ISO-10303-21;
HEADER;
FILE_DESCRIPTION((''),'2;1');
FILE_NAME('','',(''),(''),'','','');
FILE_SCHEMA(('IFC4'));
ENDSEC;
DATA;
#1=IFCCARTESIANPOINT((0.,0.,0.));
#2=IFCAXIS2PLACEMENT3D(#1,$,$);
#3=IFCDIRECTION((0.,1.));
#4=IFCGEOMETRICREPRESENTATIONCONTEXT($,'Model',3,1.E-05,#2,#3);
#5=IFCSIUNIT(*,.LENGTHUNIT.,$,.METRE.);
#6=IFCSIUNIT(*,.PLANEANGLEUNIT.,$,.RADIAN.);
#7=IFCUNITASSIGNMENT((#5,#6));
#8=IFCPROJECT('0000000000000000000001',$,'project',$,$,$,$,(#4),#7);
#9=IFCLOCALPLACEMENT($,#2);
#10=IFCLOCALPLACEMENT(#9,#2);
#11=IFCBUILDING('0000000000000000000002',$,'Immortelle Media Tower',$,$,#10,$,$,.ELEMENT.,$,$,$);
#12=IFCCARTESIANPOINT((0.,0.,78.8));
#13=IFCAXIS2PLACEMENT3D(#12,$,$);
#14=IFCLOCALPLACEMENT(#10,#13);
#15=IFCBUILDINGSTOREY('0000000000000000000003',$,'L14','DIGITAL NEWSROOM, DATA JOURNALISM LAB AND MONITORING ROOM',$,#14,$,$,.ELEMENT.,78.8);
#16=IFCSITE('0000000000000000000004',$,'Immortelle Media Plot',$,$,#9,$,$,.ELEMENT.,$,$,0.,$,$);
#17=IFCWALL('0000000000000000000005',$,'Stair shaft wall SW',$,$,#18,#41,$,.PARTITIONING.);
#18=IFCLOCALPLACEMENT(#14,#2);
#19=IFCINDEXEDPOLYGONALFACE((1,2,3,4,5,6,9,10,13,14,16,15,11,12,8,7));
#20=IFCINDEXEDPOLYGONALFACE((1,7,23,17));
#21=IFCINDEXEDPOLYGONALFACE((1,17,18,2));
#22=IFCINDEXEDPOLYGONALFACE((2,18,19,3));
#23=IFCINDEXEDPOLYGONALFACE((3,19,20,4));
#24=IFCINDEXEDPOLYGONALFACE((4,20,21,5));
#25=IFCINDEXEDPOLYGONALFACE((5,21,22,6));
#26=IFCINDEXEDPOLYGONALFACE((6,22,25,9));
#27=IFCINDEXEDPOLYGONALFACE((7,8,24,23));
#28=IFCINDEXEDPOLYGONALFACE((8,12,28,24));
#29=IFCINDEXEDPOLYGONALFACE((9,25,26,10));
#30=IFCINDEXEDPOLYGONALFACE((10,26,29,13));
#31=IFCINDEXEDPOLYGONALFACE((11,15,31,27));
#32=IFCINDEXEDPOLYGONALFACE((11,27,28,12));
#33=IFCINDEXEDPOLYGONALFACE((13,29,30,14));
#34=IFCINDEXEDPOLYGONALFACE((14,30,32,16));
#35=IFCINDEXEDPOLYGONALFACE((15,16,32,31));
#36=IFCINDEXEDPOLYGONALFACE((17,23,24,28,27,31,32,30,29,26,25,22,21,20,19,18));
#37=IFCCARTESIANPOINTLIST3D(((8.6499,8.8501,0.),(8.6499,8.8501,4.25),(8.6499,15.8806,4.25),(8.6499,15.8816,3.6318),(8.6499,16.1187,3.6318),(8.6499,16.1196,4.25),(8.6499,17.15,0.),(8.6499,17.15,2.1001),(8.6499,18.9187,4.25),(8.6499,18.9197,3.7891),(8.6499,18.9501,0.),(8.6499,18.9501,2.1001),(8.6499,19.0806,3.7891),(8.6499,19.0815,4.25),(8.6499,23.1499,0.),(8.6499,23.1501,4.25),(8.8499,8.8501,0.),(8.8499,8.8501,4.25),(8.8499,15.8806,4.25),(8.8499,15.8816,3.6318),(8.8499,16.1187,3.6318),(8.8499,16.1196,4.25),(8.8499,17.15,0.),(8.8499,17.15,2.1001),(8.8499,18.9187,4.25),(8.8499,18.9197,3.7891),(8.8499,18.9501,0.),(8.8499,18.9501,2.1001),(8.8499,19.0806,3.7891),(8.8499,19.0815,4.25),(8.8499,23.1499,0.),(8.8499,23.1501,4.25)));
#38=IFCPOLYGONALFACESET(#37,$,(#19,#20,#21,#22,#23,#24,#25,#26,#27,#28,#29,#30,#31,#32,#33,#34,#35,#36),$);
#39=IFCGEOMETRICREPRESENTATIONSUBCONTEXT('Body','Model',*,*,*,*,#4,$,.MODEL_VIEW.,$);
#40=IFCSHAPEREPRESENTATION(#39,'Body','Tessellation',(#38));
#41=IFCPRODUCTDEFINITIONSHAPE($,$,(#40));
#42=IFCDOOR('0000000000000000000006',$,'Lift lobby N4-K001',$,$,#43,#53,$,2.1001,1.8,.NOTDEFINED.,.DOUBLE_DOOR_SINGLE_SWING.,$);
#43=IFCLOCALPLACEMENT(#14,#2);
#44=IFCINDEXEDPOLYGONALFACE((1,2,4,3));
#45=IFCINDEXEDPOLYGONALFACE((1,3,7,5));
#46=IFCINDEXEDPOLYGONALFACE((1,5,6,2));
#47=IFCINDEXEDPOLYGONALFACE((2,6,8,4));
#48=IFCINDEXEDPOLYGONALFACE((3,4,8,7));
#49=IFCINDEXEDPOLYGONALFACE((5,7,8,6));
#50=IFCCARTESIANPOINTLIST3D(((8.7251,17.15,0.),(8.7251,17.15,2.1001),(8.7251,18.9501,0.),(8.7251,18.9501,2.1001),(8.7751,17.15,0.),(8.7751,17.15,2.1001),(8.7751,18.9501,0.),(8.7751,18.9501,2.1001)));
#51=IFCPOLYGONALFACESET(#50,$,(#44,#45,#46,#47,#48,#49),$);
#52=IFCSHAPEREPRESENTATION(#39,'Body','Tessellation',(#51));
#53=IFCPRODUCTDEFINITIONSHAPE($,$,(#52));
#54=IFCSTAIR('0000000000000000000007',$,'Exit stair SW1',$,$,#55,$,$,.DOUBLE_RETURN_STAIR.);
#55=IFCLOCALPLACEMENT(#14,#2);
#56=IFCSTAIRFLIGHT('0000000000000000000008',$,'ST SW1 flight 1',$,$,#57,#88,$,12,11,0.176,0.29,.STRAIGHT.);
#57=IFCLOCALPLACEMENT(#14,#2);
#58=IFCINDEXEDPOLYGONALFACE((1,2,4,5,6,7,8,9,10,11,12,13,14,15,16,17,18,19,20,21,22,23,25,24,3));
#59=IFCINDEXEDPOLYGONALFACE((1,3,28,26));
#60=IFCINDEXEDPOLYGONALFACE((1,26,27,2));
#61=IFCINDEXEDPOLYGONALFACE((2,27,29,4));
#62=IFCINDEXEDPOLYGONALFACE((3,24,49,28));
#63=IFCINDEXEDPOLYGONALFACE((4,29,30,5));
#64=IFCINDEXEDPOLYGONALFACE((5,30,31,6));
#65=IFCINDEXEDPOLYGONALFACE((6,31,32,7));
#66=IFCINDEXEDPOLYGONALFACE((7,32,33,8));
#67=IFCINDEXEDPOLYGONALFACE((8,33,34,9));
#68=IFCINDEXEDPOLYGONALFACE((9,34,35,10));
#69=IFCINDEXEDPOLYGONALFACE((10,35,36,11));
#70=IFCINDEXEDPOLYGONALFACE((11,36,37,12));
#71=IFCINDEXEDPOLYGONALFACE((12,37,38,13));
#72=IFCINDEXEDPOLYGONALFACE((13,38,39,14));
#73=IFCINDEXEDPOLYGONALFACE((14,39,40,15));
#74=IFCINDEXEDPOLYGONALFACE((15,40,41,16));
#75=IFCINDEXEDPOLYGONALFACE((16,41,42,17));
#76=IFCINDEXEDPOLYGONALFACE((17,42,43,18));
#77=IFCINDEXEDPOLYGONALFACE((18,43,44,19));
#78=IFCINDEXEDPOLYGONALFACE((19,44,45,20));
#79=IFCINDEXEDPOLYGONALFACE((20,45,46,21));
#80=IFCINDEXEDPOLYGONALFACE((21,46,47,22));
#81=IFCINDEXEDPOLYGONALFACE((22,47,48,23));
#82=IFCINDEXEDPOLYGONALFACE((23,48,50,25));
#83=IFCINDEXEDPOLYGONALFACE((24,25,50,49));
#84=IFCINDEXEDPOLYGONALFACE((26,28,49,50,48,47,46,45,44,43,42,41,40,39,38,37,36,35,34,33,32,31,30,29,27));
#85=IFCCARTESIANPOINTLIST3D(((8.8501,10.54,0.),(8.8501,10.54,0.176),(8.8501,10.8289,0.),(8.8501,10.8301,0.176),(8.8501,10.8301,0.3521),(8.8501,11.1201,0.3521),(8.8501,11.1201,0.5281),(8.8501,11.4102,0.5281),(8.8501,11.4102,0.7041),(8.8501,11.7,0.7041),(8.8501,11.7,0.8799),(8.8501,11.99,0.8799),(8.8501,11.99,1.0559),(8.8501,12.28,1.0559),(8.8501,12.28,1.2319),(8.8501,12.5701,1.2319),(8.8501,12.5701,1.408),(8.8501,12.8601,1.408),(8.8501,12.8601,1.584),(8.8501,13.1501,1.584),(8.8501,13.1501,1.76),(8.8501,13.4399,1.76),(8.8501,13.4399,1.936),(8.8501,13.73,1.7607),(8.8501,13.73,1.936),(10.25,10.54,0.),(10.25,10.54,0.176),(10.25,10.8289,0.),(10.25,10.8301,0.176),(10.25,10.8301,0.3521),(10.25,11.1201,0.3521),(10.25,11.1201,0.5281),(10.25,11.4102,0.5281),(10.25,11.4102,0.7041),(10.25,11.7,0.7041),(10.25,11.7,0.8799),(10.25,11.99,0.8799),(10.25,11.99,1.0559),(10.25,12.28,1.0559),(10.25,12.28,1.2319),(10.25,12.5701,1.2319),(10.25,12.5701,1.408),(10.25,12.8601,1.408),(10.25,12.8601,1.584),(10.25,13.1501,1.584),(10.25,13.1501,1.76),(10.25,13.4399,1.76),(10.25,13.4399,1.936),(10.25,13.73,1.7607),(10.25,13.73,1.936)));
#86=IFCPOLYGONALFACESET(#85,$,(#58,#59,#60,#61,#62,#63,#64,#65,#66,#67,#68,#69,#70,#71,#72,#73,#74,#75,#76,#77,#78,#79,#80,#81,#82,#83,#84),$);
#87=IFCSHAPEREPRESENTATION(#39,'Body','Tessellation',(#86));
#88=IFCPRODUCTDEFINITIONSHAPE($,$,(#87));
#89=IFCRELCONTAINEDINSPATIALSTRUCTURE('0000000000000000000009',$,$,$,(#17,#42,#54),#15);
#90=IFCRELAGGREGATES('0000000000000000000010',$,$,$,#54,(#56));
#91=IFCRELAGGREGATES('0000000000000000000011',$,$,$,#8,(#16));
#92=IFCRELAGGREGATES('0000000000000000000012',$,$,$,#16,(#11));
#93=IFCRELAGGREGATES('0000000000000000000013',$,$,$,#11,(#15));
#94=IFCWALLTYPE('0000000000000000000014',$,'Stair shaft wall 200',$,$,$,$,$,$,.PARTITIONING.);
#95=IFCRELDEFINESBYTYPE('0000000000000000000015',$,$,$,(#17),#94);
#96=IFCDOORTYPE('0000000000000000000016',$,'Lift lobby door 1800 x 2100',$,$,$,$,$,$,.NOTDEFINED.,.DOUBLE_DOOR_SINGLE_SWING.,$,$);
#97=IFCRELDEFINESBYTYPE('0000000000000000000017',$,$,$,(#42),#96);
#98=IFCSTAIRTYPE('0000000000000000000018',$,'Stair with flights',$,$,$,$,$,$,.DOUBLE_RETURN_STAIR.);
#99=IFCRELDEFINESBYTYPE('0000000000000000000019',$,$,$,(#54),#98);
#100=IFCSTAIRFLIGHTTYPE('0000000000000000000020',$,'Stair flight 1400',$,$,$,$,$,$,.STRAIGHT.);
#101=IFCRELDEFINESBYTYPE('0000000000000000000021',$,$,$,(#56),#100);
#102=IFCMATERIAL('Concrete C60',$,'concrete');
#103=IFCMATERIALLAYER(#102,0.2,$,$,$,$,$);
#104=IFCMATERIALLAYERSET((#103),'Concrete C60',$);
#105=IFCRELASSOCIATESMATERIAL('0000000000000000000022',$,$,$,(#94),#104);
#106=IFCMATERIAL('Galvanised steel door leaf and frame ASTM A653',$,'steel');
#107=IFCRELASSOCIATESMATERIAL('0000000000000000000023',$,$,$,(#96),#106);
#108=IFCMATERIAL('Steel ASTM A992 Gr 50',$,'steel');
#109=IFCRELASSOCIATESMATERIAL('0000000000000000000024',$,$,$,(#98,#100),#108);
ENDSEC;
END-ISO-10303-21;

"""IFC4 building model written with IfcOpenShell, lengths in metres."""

from ifc_helpers import new_model, si_unit, direction, frame, frame_2d, origin, place, context, subcontext, project, spatial, polyline, rectangle, outline, extrude, material, layer, layer_set, type_object, element, fill, aggregate, save


model = new_model("IFC4")

# Units and contexts
model_context = context("Model", 3, precision=1e-05, world=origin(), true_north=direction((0.0, 1.0)))
body_context = subcontext(model_context, "Body", "Model", "MODEL_VIEW")
ifc_project = project(units=[si_unit("LENGTHUNIT", "METRE"), si_unit("PLANEANGLEUNIT", "RADIAN")], contexts=[model_context])

# Site, building, storey
site_placement = place(None, origin())
site = spatial("IfcSite", under=ifc_project, at=site_placement, Name="Immortelle Media Plot", CompositionType="ELEMENT", RefElevation=0.0)
building_placement = place(site_placement, origin())
building = spatial("IfcBuilding", under=site, at=building_placement, Name="Immortelle Media Tower", CompositionType="ELEMENT")
storey_placement = place(building_placement, frame((0.0, 0.0, 78.8)))
storey = spatial("IfcBuildingStorey", under=building, at=storey_placement, Name="L14", Description="DIGITAL NEWSROOM, DATA JOURNALISM LAB AND MONITORING ROOM", CompositionType="ELEMENT", Elevation=78.8)

# Shared definitions
ifc_material_1 = material(Name="Steel ASTM A992 Gr 50", Category="steel")

# Shared definitions
ifc_material_2 = material(Name="Concrete C60", Category="concrete")
ifc_layer_1 = layer(ifc_material_2, 0.2)
ifc_layer_set_1 = layer_set([ifc_layer_1], Name="Concrete C60")
wall_type_1 = type_object("IfcWallType", Name="Stair shaft wall 200", PredefinedType="PARTITIONING", material=ifc_layer_set_1)
ifc_material_3 = material(Name="Galvanised steel door leaf and frame ASTM A653", Category="steel")

# Wall, opening, door
wall_1_placement = place(storey_placement, frame((8.75, 8.8501, 0.0), z_axis=(0.0, 0.0, 1.0), x_axis=(0.0, 1.0, 0.0)))
wall_1 = element("IfcWall", 1, at=wall_1_placement, inside=storey, type_object=wall_type_1, Name="Stair shaft wall SW", PredefinedType="PARTITIONING", context=body_context, shape_type="SweptSolid", body=[
    extrude(outline(polyline([(0.0, 0.0), (14.2998, 0.0), (14.3, 4.25), (10.2314, 4.25), (10.2305, 3.7891), (10.0696, 3.7891), (10.0686, 4.25), (7.2695, 4.25), (7.2686, 3.6318), (7.0315, 3.6318), (7.0305, 4.25), (0.0, 4.25), (0.0, 0.0)])), frame((0.0, 0.1001, 0.0), z_axis=(0.0, -1.0, 0.0), x_axis=(1.0, 0.0, 0.0)), (0.0, 0.0, 1.0), 0.2),
])
opening_1_placement = place(wall_1_placement, frame((8.3, 0.0, 0.0)))
opening_1 = element("IfcOpeningElement", 2, at=opening_1_placement, cuts=wall_1, PredefinedType="OPENING", context=body_context, shape_type="SweptSolid", body=[
    extrude(rectangle(XDim=1.8, YDim=2.1001, at=frame_2d((0.8999, 1.05))), frame((0.0, 0.1099, 0.0), z_axis=(0.0, -1.0, 0.0), x_axis=(1.0, 0.0, 0.0)), (0.0, 0.0, 1.0), 0.22),
])
door_type_1 = type_object("IfcDoorType", Name="Lift lobby door 1800 x 2100", OperationType="DOUBLE_DOOR_SINGLE_SWING", PredefinedType="NOTDEFINED", material=ifc_material_3)
door_1_placement = place(opening_1_placement, origin())
door_1 = element("IfcDoor", 3, at=door_1_placement, inside=storey, type_object=door_type_1, Name="Lift lobby N4-K001", OperationType="DOUBLE_DOOR_SINGLE_SWING", OverallHeight=2.1001, OverallWidth=1.8, PredefinedType="NOTDEFINED", context=body_context, shape_type="SweptSolid", body=[
    extrude(rectangle(XDim=1.8, YDim=2.1001, at=frame_2d((0.8999, 1.05))), frame((0.0, 0.0249, 0.0), z_axis=(0.0, -1.0, 0.0), x_axis=(1.0, 0.0, 0.0)), (0.0, 0.0, 1.0), 0.05),
])
fill(opening_1, door_1)

# Stair, stair flight
stair_type = type_object("IfcStairType", Name="Stair with flights", PredefinedType="DOUBLE_RETURN_STAIR", material=ifc_material_1)
stair_placement = place(storey_placement, origin())
stair = element("IfcStair", 4, at=stair_placement, inside=storey, type_object=stair_type, Name="Exit stair SW1", PredefinedType="DOUBLE_RETURN_STAIR")
stair_flight_type = type_object("IfcStairFlightType", Name="Stair flight 1400", PredefinedType="STRAIGHT", material=ifc_material_1)
stair_flight_placement = place(storey_placement, frame((9.55, 10.54, 0.0), z_axis=(0.0, 0.0, 1.0), x_axis=(0.0, 1.0, 0.0)))
stair_flight = element("IfcStairFlight", 5, at=stair_flight_placement, type_object=stair_flight_type, Name="ST SW1 flight 1", NumberOfRisers=12, NumberOfTreads=11, PredefinedType="STRAIGHT", RiserHeight=0.176, TreadLength=0.29, context=body_context, shape_type="SweptSolid", body=[
    extrude(outline(polyline([(0.0, 0.0), (0.0, 0.176), (0.29, 0.176), (0.29, 0.3521), (0.5801, 0.3521), (0.5801, 0.5281), (0.8701, 0.5281), (0.8701, 0.7041), (1.1599, 0.7041), (1.1599, 0.8799), (1.45, 0.8799), (1.45, 1.0559), (1.74, 1.0559), (1.74, 1.2319), (2.03, 1.2319), (2.03, 1.408), (2.3201, 1.408), (2.3201, 1.584), (2.6101, 1.584), (2.6101, 1.76), (2.8999, 1.76), (2.8999, 1.936), (3.1899, 1.936), (3.1899, 2.1121), (3.1899, 1.7607), (0.2888, 0.0), (0.0, 0.0)])), frame((0.0, 0.7, 0.0), z_axis=(0.0, -1.0, 0.0), x_axis=(1.0, 0.0, 0.0)), (0.0, 0.0, 1.0), 1.3999),
])
aggregate(stair, [stair_flight])

save(model, "model.ifc")
